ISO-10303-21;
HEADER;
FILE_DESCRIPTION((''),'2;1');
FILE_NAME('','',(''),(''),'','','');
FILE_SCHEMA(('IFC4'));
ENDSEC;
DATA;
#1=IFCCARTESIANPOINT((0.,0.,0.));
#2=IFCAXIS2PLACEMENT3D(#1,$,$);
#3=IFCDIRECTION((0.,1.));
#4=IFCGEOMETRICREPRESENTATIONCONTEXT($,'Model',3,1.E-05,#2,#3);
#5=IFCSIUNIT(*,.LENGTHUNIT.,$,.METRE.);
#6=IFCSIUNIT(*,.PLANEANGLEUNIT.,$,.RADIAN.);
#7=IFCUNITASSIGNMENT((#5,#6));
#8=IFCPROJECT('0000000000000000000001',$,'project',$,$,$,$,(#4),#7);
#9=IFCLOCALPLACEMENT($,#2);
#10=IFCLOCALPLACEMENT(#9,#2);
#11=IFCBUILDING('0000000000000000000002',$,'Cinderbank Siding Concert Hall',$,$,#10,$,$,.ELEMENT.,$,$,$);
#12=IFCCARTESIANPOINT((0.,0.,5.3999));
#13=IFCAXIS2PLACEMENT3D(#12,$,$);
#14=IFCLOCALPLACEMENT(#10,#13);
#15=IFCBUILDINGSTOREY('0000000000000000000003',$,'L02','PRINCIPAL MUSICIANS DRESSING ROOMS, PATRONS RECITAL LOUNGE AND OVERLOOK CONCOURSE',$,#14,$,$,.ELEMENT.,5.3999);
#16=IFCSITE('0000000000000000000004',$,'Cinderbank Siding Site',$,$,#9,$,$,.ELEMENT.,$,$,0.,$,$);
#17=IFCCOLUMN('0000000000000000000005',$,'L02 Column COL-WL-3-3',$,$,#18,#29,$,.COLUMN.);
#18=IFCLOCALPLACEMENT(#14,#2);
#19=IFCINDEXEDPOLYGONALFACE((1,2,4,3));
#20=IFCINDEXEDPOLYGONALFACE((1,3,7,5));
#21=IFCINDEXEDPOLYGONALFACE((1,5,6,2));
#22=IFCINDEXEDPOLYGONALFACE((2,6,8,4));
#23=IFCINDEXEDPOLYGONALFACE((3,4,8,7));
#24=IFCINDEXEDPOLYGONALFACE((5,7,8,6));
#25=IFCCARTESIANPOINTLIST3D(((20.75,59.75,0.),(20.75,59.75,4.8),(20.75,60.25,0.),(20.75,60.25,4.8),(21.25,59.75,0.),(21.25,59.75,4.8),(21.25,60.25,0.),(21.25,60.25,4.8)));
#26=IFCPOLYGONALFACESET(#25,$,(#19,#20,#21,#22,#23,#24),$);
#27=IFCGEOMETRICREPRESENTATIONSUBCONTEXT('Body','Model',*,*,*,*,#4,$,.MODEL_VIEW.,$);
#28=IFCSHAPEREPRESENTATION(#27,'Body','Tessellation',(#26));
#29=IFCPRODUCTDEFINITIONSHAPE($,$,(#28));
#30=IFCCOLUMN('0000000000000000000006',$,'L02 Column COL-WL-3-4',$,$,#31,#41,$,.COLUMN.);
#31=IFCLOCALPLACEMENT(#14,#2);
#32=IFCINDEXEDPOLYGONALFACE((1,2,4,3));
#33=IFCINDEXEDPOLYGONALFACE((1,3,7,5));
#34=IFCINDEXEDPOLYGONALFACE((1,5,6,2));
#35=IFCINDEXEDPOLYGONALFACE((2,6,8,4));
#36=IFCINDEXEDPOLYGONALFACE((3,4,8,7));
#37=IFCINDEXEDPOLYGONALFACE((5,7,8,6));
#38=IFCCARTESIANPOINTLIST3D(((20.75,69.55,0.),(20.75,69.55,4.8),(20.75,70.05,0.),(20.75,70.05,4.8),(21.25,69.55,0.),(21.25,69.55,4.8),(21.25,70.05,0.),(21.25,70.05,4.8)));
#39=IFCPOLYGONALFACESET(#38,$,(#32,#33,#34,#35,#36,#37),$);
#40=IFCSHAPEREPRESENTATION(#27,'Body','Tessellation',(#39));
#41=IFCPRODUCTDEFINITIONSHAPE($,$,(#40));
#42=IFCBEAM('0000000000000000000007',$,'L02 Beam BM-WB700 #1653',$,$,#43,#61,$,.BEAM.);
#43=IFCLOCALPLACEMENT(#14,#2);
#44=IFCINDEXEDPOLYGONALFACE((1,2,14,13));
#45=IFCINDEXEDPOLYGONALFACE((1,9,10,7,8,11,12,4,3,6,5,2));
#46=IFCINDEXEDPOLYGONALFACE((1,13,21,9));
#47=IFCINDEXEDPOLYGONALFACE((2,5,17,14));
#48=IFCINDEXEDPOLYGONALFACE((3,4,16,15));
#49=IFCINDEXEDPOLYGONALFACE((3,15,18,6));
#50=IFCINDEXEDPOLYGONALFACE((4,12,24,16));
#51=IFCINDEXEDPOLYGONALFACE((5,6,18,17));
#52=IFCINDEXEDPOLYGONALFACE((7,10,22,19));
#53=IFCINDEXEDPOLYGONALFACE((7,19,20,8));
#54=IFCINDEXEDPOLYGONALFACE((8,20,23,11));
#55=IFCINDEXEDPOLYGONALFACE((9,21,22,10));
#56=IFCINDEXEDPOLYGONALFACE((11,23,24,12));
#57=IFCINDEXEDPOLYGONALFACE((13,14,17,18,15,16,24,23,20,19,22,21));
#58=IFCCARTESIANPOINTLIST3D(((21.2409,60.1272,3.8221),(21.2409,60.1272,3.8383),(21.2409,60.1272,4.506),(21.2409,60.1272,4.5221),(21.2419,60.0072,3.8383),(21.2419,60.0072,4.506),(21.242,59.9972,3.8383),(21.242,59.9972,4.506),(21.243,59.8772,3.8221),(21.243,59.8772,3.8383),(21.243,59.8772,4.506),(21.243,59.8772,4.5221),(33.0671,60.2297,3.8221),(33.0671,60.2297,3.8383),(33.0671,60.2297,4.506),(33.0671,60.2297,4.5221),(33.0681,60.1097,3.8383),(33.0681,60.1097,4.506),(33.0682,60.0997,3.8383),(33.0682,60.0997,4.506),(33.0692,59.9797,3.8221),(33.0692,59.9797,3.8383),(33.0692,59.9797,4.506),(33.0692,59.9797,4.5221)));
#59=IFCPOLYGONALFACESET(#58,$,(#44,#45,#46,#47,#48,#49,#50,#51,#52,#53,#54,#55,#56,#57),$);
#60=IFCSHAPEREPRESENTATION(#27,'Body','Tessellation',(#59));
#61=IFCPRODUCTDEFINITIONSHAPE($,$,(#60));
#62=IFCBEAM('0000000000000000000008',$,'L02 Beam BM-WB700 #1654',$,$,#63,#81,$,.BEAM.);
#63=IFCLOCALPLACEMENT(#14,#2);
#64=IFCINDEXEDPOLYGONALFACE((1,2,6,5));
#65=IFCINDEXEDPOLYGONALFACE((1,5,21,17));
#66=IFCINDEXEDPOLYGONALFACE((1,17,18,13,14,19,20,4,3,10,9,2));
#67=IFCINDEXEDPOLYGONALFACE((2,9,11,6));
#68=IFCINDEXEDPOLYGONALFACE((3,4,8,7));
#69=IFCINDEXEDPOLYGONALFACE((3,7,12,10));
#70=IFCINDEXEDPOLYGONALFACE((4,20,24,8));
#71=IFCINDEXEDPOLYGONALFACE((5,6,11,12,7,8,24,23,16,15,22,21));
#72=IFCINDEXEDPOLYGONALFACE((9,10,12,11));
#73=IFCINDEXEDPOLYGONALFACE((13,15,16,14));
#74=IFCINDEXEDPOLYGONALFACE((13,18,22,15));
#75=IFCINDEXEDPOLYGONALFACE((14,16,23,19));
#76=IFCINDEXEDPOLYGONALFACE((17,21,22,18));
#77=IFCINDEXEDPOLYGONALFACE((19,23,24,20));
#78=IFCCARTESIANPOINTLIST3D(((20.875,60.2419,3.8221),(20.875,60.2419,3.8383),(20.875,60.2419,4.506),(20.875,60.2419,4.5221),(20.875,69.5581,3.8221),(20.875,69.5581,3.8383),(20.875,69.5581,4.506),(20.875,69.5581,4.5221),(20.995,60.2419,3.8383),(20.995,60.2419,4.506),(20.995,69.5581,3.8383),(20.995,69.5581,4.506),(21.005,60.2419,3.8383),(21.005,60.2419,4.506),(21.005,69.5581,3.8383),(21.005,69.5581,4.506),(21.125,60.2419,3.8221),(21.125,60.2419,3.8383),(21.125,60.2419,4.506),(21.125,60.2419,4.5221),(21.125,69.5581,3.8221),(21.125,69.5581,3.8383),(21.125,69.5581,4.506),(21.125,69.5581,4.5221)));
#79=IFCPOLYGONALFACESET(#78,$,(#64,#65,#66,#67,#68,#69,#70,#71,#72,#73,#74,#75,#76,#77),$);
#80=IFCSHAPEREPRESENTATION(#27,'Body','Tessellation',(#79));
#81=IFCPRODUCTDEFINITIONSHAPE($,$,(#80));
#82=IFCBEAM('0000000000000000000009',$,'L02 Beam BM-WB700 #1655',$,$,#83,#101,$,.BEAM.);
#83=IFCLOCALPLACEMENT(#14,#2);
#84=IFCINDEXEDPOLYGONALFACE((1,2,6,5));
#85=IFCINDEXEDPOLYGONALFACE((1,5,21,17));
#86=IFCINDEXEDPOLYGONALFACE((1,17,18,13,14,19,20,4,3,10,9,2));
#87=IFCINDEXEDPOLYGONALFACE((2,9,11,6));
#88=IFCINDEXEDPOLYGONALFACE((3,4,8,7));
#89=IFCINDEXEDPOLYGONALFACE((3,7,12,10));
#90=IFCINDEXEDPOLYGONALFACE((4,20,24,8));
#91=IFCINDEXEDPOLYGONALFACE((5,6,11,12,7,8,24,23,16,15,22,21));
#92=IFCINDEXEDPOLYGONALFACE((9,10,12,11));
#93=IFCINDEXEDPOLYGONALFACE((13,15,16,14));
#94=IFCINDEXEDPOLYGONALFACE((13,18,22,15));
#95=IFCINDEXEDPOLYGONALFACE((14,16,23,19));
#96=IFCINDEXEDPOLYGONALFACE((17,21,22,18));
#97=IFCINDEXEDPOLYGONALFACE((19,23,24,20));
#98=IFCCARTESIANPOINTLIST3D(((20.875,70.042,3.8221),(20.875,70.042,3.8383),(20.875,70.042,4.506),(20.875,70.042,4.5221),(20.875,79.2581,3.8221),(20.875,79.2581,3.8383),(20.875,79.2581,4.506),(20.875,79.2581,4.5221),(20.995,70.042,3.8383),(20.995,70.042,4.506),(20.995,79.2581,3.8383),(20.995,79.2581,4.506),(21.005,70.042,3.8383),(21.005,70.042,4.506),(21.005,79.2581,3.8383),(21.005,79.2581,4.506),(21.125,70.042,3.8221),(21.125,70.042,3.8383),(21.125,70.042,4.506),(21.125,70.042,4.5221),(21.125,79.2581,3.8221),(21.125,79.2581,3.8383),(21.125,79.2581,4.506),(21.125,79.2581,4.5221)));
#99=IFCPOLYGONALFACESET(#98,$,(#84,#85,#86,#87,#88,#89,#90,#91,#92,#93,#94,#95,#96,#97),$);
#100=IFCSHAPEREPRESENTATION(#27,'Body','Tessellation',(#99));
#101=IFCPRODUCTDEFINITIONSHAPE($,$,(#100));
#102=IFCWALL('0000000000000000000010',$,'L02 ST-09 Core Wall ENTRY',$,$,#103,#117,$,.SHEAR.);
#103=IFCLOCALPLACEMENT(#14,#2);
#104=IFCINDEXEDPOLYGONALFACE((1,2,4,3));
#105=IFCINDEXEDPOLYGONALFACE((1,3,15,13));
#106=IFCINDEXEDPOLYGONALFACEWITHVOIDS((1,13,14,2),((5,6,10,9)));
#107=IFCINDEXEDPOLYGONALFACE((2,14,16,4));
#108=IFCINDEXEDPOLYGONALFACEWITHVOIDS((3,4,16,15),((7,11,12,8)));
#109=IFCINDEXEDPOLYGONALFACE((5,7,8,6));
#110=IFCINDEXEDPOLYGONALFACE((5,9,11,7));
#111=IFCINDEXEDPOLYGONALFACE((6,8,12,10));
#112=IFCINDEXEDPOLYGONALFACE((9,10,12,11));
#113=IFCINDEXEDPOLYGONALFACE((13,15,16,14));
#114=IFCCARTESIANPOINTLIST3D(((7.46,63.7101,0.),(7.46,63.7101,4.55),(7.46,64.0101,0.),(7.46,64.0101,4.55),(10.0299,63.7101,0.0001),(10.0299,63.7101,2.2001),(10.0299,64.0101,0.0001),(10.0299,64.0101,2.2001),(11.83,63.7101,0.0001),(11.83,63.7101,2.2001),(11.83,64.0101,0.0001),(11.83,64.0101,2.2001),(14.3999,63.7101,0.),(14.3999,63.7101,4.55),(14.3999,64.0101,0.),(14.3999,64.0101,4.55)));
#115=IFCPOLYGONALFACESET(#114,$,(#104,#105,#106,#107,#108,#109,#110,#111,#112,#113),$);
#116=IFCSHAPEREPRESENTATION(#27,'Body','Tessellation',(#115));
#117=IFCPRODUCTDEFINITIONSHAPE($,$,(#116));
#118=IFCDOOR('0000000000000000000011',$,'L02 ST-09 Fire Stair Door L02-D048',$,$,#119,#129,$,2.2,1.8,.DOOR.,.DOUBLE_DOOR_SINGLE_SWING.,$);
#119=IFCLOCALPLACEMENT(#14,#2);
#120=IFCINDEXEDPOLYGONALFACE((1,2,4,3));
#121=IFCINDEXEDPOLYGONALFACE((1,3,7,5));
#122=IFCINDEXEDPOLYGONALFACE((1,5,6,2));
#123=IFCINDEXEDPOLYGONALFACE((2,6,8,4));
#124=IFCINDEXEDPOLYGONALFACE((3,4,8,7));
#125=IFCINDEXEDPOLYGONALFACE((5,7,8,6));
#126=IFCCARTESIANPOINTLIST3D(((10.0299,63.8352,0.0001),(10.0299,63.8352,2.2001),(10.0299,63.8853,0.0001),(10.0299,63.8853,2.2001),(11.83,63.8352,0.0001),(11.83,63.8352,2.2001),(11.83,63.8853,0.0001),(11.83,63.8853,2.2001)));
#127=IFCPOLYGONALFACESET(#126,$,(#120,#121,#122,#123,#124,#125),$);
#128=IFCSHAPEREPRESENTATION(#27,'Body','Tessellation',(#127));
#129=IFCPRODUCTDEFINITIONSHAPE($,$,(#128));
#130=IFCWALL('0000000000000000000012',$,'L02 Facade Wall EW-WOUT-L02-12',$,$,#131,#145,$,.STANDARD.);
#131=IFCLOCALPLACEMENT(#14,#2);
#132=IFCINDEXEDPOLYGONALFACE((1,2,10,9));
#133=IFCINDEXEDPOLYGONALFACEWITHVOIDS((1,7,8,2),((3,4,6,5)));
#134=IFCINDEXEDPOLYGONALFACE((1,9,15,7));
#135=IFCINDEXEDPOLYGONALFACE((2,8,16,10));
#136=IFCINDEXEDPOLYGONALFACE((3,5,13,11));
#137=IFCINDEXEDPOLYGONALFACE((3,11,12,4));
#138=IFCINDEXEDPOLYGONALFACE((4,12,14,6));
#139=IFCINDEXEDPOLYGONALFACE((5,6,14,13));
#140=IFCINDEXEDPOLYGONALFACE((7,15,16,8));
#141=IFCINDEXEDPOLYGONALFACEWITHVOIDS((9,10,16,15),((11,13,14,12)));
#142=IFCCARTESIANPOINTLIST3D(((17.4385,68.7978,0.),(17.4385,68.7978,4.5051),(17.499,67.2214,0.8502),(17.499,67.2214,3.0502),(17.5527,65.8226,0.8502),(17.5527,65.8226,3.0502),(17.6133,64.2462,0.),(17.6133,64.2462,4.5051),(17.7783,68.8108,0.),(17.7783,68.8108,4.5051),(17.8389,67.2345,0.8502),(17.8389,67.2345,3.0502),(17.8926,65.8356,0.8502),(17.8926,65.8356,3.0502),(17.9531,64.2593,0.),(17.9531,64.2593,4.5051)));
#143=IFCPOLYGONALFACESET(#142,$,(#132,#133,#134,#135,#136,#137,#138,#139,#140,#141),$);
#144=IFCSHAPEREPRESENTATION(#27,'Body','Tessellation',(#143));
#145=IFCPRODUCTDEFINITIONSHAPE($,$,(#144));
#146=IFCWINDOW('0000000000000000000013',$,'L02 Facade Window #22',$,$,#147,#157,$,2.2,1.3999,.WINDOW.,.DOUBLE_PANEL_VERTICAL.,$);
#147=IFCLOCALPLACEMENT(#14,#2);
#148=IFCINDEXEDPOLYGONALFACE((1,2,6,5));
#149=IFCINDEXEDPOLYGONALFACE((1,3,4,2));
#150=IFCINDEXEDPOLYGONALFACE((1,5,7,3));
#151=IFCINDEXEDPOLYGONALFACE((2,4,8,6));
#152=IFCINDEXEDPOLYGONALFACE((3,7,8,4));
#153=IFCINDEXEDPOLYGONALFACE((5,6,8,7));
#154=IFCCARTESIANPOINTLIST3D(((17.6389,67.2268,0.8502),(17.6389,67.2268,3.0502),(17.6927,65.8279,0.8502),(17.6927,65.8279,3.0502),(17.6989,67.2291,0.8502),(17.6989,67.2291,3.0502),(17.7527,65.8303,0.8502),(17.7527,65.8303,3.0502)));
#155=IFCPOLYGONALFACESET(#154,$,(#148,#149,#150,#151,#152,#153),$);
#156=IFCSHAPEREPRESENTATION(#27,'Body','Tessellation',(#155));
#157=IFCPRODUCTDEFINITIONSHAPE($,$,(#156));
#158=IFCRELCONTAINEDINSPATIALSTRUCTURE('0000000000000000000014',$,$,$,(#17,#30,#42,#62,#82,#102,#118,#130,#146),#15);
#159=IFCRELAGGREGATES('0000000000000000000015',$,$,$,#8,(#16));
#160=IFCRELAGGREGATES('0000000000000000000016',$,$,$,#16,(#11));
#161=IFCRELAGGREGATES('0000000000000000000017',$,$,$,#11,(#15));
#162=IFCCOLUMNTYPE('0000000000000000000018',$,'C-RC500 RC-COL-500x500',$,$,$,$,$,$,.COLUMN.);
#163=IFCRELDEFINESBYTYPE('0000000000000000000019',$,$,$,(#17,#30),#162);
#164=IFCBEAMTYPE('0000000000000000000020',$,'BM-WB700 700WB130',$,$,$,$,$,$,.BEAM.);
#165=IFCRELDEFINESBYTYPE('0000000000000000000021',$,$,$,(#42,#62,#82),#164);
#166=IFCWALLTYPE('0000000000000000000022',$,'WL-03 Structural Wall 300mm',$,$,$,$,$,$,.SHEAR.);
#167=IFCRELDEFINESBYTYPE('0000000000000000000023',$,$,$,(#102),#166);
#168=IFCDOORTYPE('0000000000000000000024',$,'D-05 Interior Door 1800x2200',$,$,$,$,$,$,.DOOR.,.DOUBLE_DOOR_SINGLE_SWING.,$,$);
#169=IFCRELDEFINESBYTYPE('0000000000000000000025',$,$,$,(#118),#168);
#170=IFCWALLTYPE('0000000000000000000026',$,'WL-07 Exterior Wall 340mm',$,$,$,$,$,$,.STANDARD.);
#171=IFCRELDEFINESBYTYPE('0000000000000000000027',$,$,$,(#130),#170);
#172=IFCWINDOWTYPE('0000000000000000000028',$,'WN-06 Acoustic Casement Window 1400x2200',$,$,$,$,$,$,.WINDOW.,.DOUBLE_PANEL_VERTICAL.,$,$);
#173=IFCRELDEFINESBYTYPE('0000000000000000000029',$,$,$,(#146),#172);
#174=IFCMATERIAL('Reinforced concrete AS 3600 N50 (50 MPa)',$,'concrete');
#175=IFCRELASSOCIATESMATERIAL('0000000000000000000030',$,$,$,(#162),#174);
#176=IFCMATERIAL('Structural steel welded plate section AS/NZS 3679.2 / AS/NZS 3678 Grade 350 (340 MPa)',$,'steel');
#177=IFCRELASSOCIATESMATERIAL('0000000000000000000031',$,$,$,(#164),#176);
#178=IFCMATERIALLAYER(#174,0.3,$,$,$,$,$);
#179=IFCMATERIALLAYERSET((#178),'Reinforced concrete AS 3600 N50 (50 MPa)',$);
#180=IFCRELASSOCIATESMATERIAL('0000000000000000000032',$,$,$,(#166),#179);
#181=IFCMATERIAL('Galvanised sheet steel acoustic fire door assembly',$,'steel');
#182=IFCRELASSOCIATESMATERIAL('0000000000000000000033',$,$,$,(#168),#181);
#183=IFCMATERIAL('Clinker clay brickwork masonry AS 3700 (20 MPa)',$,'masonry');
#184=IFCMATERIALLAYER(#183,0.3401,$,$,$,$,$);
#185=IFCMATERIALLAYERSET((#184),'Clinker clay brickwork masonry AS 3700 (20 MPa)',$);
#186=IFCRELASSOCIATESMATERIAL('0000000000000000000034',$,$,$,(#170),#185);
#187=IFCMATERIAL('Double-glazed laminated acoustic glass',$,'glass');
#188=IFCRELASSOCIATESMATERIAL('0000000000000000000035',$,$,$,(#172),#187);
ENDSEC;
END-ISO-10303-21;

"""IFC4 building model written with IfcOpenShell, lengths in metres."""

from ifc_helpers import new_model, si_unit, direction, frame, frame_2d, origin, origin_2d, place, context, subcontext, project, spatial, rectangle, i_section, extrude, material, layer, layer_set, material_profile, profile_set, type_object, element, fill, save


model = new_model("IFC4")

# Units and contexts
model_context = context("Model", 3, precision=1e-05, world=origin(), true_north=direction((0.0, 1.0)))
body_context = subcontext(model_context, "Body", "Model", "MODEL_VIEW")
ifc_project = project(units=[si_unit("LENGTHUNIT", "METRE"), si_unit("PLANEANGLEUNIT", "RADIAN")], contexts=[model_context])

# Site, building, storey
site_placement = place(None, origin())
site = spatial("IfcSite", under=ifc_project, at=site_placement, Name="Cinderbank Siding Site", CompositionType="ELEMENT", RefElevation=0.0)
building_placement = place(site_placement, origin())
building = spatial("IfcBuilding", under=site, at=building_placement, Name="Cinderbank Siding Concert Hall", CompositionType="ELEMENT")
storey_placement = place(building_placement, frame((0.0, 0.0, 5.3999)))
storey = spatial("IfcBuildingStorey", under=building, at=storey_placement, Name="L02", Description="PRINCIPAL MUSICIANS DRESSING ROOMS, PATRONS RECITAL LOUNGE AND OVERLOOK CONCOURSE", CompositionType="ELEMENT", Elevation=5.3999)

# Columns
ifc_material_1 = material(Name="Reinforced concrete AS 3600 N50 (50 MPa)", Category="concrete")
ifc_material_profile_1 = material_profile(ifc_material_1, rectangle(XDim=0.5, YDim=0.5, at=origin_2d()), Name="RC-COL-500x500", Category="LoadBearing")
ifc_profile_set_1 = profile_set([ifc_material_profile_1], Name="Reinforced concrete AS 3600 N50 (50 MPa)")
column_type = type_object("IfcColumnType", Name="C-RC500 RC-COL-500x500", PredefinedType="COLUMN", material=ifc_profile_set_1)
for number, where, z_axis, x_axis, name in (
    (1, (21.0, 60.0, 0.0), (0.0, 0.0, 1.0), (1.0, 0.0, 0.0), "L02 Column COL-WL-3-3"),
    (2, (21.0, 69.8, 0.0), (0.0, 0.0, 1.0), (1.0, 0.0, 0.0), "L02 Column COL-WL-3-4"),
):
    element("IfcColumn", number, at=place(storey_placement, frame(where, z_axis=z_axis, x_axis=x_axis)), inside=storey, type_object=column_type, Name=name, PredefinedType="COLUMN", context=body_context, shape_type="SweptSolid", body=[
        extrude(rectangle(XDim=0.5, YDim=0.5, at=origin_2d()), origin(), (0.0, 0.0, 1.0), 4.8),
    ])

# Beams
ifc_material_2 = material(Name="Structural steel welded plate section AS/NZS 3679.2 / AS/NZS 3678 Grade 350 (340 MPa)", Category="steel")
ifc_material_profile_2 = material_profile(ifc_material_2, i_section(OverallWidth=0.25, OverallDepth=0.7, WebThickness=0.01, FlangeThickness=0.0161, at=origin_2d()), Name="700WB130", Category="LoadBearing")
ifc_profile_set_2 = profile_set([ifc_material_profile_2], Name="Structural steel welded plate section AS/NZS 3679.2 / AS/NZS 3678 Grade 350 (340 MPa)")
beam_type = type_object("IfcBeamType", Name="BM-WB700 700WB130", PredefinedType="BEAM", material=ifc_profile_set_2)
beam_1_placement = place(storey_placement, frame((21.2419, 60.0022, 4.1721), z_axis=(0.999962, 0.00867, 0.0), x_axis=(-0.00867, 0.999962, 0.0)))
element("IfcBeam", 3, at=beam_1_placement, inside=storey, type_object=beam_type, Name="L02 Beam BM-WB700 #1653", PredefinedType="BEAM", context=body_context, shape_type="SweptSolid", body=[
    extrude(i_section(OverallWidth=0.25, OverallDepth=0.7, WebThickness=0.01, FlangeThickness=0.0161, at=origin_2d()), origin(), (0.0, 0.0, 1.0), 11.8267),
])
beam_2_placement = place(storey_placement, frame((21.0, 60.2419, 4.1721), z_axis=(0.0, 1.0, 0.0), x_axis=(-1.0, 0.0, 0.0)))
element("IfcBeam", 4, at=beam_2_placement, inside=storey, type_object=beam_type, Name="L02 Beam BM-WB700 #1654", PredefinedType="BEAM", context=body_context, shape_type="SweptSolid", body=[
    extrude(i_section(OverallWidth=0.25, OverallDepth=0.7, WebThickness=0.01, FlangeThickness=0.0161, at=origin_2d()), origin(), (0.0, 0.0, 1.0), 9.3162),
])
beam_3_placement = place(storey_placement, frame((21.0, 70.042, 4.1721), z_axis=(0.0, 1.0, 0.0), x_axis=(-1.0, 0.0, 0.0)))
element("IfcBeam", 5, at=beam_3_placement, inside=storey, type_object=beam_type, Name="L02 Beam BM-WB700 #1655", PredefinedType="BEAM", context=body_context, shape_type="SweptSolid", body=[
    extrude(i_section(OverallWidth=0.25, OverallDepth=0.7, WebThickness=0.01, FlangeThickness=0.0161, at=origin_2d()), origin(), (0.0, 0.0, 1.0), 9.2161),
])

# Wall, opening, door
ifc_layer_1 = layer(ifc_material_1, 0.3)
ifc_layer_set_1 = layer_set([ifc_layer_1], Name="Reinforced concrete AS 3600 N50 (50 MPa)")
wall_type_1 = type_object("IfcWallType", Name="WL-03 Structural Wall 300mm", PredefinedType="SHEAR", material=ifc_layer_set_1)
wall_1_placement = place(storey_placement, frame((14.3999, 63.8601, 0.0), z_axis=(0.0, 0.0, 1.0), x_axis=(-1.0, 0.0, 0.0)))
wall_1 = element("IfcWall", 6, at=wall_1_placement, inside=storey, type_object=wall_type_1, Name="L02 ST-09 Core Wall ENTRY", PredefinedType="SHEAR", context=body_context, shape_type="SweptSolid", body=[
    extrude(rectangle(XDim=6.9399, YDim=0.3, at=frame_2d((3.47, 0.0))), origin(), (0.0, 0.0, 1.0), 4.55),
])
opening_1_placement = place(wall_1_placement, frame((2.5701, 0.0, 0.0)))
opening_1 = element("IfcOpeningElement", 7, at=opening_1_placement, cuts=wall_1, PredefinedType="OPENING", context=body_context, shape_type="SweptSolid", body=[
    extrude(rectangle(XDim=1.8, YDim=2.2, at=frame_2d((0.8999, 1.1001))), frame((0.0, 0.1621, 0.0), z_axis=(0.0, -1.0, 0.0), x_axis=(1.0, 0.0, 0.0)), (0.0, 0.0, 1.0), 0.324),
])
ifc_material_3 = material(Name="Galvanised sheet steel acoustic fire door assembly", Category="steel")
door_type_1 = type_object("IfcDoorType", Name="D-05 Interior Door 1800x2200", OperationType="DOUBLE_DOOR_SINGLE_SWING", PredefinedType="DOOR", material=ifc_material_3)
door_1_placement = place(opening_1_placement, origin())
door_1 = element("IfcDoor", 8, at=door_1_placement, inside=storey, type_object=door_type_1, Name="L02 ST-09 Fire Stair Door L02-D048", OperationType="DOUBLE_DOOR_SINGLE_SWING", OverallHeight=2.2, OverallWidth=1.8, PredefinedType="DOOR", context=body_context, shape_type="SweptSolid", body=[
    extrude(rectangle(XDim=1.8, YDim=2.2, at=frame_2d((0.8999, 1.1001))), frame((0.0, 0.0249, 0.0), z_axis=(0.0, -1.0, 0.0), x_axis=(1.0, 0.0, 0.0)), (0.0, 0.0, 1.0), 0.05),
])
fill(opening_1, door_1)

# Wall, opening, window
ifc_material_4 = material(Name="Clinker clay brickwork masonry AS 3700 (20 MPa)", Category="masonry")
ifc_layer_2 = layer(ifc_material_4, 0.3401)
ifc_layer_set_2 = layer_set([ifc_layer_2], Name="Clinker clay brickwork masonry AS 3700 (20 MPa)")
wall_type_2 = type_object("IfcWallType", Name="WL-07 Exterior Wall 340mm", PredefinedType="STANDARD", material=ifc_layer_set_2)
wall_2_placement = place(storey_placement, frame((17.6084, 68.8042, 0.0), z_axis=(0.0, 0.0, 1.0), x_axis=(0.038378, -0.999263, 0.0)))
wall_2 = element("IfcWall", 9, at=wall_2_placement, inside=storey, type_object=wall_type_2, Name="L02 Facade Wall EW-WOUT-L02-12", PredefinedType="STANDARD", context=body_context, shape_type="SweptSolid", body=[
    extrude(rectangle(XDim=4.5549, YDim=0.3401, at=frame_2d((2.2773, 0.0))), origin(), (0.0, 0.0, 1.0), 4.5051),
])
opening_2_placement = place(wall_2_placement, frame((1.5774, 0.0, 0.8501)))
opening_2 = element("IfcOpeningElement", 10, at=opening_2_placement, cuts=wall_2, PredefinedType="OPENING", context=body_context, shape_type="SweptSolid", body=[
    extrude(rectangle(XDim=1.3999, YDim=2.2, at=frame_2d((0.7, 1.1001))), frame((0.0, 0.1821, 0.0), z_axis=(0.0, -1.0, 0.0), x_axis=(1.0, 0.0, 0.0)), (0.0, 0.0, 1.0), 0.364),
])
ifc_material_5 = material(Name="Double-glazed laminated acoustic glass", Category="glass")
window_type_1 = type_object("IfcWindowType", Name="WN-06 Acoustic Casement Window 1400x2200", PartitioningType="DOUBLE_PANEL_VERTICAL", PredefinedType="WINDOW", material=ifc_material_5)
window_1_placement = place(opening_2_placement, origin())
window_1 = element("IfcWindow", 11, at=window_1_placement, inside=storey, type_object=window_type_1, Name="L02 Facade Window #22", OverallHeight=2.2, OverallWidth=1.3999, PartitioningType="DOUBLE_PANEL_VERTICAL", PredefinedType="WINDOW", context=body_context, shape_type="SweptSolid", body=[
    extrude(rectangle(XDim=1.3999, YDim=2.2, at=frame_2d((0.7, 1.1001))), frame((0.0, 0.03, 0.0), z_axis=(0.0, -1.0, 0.0), x_axis=(1.0, 0.0, 0.0)), (0.0, 0.0, 1.0), 0.0601),
])
fill(opening_2, window_1)

save(model, "model.ifc")
